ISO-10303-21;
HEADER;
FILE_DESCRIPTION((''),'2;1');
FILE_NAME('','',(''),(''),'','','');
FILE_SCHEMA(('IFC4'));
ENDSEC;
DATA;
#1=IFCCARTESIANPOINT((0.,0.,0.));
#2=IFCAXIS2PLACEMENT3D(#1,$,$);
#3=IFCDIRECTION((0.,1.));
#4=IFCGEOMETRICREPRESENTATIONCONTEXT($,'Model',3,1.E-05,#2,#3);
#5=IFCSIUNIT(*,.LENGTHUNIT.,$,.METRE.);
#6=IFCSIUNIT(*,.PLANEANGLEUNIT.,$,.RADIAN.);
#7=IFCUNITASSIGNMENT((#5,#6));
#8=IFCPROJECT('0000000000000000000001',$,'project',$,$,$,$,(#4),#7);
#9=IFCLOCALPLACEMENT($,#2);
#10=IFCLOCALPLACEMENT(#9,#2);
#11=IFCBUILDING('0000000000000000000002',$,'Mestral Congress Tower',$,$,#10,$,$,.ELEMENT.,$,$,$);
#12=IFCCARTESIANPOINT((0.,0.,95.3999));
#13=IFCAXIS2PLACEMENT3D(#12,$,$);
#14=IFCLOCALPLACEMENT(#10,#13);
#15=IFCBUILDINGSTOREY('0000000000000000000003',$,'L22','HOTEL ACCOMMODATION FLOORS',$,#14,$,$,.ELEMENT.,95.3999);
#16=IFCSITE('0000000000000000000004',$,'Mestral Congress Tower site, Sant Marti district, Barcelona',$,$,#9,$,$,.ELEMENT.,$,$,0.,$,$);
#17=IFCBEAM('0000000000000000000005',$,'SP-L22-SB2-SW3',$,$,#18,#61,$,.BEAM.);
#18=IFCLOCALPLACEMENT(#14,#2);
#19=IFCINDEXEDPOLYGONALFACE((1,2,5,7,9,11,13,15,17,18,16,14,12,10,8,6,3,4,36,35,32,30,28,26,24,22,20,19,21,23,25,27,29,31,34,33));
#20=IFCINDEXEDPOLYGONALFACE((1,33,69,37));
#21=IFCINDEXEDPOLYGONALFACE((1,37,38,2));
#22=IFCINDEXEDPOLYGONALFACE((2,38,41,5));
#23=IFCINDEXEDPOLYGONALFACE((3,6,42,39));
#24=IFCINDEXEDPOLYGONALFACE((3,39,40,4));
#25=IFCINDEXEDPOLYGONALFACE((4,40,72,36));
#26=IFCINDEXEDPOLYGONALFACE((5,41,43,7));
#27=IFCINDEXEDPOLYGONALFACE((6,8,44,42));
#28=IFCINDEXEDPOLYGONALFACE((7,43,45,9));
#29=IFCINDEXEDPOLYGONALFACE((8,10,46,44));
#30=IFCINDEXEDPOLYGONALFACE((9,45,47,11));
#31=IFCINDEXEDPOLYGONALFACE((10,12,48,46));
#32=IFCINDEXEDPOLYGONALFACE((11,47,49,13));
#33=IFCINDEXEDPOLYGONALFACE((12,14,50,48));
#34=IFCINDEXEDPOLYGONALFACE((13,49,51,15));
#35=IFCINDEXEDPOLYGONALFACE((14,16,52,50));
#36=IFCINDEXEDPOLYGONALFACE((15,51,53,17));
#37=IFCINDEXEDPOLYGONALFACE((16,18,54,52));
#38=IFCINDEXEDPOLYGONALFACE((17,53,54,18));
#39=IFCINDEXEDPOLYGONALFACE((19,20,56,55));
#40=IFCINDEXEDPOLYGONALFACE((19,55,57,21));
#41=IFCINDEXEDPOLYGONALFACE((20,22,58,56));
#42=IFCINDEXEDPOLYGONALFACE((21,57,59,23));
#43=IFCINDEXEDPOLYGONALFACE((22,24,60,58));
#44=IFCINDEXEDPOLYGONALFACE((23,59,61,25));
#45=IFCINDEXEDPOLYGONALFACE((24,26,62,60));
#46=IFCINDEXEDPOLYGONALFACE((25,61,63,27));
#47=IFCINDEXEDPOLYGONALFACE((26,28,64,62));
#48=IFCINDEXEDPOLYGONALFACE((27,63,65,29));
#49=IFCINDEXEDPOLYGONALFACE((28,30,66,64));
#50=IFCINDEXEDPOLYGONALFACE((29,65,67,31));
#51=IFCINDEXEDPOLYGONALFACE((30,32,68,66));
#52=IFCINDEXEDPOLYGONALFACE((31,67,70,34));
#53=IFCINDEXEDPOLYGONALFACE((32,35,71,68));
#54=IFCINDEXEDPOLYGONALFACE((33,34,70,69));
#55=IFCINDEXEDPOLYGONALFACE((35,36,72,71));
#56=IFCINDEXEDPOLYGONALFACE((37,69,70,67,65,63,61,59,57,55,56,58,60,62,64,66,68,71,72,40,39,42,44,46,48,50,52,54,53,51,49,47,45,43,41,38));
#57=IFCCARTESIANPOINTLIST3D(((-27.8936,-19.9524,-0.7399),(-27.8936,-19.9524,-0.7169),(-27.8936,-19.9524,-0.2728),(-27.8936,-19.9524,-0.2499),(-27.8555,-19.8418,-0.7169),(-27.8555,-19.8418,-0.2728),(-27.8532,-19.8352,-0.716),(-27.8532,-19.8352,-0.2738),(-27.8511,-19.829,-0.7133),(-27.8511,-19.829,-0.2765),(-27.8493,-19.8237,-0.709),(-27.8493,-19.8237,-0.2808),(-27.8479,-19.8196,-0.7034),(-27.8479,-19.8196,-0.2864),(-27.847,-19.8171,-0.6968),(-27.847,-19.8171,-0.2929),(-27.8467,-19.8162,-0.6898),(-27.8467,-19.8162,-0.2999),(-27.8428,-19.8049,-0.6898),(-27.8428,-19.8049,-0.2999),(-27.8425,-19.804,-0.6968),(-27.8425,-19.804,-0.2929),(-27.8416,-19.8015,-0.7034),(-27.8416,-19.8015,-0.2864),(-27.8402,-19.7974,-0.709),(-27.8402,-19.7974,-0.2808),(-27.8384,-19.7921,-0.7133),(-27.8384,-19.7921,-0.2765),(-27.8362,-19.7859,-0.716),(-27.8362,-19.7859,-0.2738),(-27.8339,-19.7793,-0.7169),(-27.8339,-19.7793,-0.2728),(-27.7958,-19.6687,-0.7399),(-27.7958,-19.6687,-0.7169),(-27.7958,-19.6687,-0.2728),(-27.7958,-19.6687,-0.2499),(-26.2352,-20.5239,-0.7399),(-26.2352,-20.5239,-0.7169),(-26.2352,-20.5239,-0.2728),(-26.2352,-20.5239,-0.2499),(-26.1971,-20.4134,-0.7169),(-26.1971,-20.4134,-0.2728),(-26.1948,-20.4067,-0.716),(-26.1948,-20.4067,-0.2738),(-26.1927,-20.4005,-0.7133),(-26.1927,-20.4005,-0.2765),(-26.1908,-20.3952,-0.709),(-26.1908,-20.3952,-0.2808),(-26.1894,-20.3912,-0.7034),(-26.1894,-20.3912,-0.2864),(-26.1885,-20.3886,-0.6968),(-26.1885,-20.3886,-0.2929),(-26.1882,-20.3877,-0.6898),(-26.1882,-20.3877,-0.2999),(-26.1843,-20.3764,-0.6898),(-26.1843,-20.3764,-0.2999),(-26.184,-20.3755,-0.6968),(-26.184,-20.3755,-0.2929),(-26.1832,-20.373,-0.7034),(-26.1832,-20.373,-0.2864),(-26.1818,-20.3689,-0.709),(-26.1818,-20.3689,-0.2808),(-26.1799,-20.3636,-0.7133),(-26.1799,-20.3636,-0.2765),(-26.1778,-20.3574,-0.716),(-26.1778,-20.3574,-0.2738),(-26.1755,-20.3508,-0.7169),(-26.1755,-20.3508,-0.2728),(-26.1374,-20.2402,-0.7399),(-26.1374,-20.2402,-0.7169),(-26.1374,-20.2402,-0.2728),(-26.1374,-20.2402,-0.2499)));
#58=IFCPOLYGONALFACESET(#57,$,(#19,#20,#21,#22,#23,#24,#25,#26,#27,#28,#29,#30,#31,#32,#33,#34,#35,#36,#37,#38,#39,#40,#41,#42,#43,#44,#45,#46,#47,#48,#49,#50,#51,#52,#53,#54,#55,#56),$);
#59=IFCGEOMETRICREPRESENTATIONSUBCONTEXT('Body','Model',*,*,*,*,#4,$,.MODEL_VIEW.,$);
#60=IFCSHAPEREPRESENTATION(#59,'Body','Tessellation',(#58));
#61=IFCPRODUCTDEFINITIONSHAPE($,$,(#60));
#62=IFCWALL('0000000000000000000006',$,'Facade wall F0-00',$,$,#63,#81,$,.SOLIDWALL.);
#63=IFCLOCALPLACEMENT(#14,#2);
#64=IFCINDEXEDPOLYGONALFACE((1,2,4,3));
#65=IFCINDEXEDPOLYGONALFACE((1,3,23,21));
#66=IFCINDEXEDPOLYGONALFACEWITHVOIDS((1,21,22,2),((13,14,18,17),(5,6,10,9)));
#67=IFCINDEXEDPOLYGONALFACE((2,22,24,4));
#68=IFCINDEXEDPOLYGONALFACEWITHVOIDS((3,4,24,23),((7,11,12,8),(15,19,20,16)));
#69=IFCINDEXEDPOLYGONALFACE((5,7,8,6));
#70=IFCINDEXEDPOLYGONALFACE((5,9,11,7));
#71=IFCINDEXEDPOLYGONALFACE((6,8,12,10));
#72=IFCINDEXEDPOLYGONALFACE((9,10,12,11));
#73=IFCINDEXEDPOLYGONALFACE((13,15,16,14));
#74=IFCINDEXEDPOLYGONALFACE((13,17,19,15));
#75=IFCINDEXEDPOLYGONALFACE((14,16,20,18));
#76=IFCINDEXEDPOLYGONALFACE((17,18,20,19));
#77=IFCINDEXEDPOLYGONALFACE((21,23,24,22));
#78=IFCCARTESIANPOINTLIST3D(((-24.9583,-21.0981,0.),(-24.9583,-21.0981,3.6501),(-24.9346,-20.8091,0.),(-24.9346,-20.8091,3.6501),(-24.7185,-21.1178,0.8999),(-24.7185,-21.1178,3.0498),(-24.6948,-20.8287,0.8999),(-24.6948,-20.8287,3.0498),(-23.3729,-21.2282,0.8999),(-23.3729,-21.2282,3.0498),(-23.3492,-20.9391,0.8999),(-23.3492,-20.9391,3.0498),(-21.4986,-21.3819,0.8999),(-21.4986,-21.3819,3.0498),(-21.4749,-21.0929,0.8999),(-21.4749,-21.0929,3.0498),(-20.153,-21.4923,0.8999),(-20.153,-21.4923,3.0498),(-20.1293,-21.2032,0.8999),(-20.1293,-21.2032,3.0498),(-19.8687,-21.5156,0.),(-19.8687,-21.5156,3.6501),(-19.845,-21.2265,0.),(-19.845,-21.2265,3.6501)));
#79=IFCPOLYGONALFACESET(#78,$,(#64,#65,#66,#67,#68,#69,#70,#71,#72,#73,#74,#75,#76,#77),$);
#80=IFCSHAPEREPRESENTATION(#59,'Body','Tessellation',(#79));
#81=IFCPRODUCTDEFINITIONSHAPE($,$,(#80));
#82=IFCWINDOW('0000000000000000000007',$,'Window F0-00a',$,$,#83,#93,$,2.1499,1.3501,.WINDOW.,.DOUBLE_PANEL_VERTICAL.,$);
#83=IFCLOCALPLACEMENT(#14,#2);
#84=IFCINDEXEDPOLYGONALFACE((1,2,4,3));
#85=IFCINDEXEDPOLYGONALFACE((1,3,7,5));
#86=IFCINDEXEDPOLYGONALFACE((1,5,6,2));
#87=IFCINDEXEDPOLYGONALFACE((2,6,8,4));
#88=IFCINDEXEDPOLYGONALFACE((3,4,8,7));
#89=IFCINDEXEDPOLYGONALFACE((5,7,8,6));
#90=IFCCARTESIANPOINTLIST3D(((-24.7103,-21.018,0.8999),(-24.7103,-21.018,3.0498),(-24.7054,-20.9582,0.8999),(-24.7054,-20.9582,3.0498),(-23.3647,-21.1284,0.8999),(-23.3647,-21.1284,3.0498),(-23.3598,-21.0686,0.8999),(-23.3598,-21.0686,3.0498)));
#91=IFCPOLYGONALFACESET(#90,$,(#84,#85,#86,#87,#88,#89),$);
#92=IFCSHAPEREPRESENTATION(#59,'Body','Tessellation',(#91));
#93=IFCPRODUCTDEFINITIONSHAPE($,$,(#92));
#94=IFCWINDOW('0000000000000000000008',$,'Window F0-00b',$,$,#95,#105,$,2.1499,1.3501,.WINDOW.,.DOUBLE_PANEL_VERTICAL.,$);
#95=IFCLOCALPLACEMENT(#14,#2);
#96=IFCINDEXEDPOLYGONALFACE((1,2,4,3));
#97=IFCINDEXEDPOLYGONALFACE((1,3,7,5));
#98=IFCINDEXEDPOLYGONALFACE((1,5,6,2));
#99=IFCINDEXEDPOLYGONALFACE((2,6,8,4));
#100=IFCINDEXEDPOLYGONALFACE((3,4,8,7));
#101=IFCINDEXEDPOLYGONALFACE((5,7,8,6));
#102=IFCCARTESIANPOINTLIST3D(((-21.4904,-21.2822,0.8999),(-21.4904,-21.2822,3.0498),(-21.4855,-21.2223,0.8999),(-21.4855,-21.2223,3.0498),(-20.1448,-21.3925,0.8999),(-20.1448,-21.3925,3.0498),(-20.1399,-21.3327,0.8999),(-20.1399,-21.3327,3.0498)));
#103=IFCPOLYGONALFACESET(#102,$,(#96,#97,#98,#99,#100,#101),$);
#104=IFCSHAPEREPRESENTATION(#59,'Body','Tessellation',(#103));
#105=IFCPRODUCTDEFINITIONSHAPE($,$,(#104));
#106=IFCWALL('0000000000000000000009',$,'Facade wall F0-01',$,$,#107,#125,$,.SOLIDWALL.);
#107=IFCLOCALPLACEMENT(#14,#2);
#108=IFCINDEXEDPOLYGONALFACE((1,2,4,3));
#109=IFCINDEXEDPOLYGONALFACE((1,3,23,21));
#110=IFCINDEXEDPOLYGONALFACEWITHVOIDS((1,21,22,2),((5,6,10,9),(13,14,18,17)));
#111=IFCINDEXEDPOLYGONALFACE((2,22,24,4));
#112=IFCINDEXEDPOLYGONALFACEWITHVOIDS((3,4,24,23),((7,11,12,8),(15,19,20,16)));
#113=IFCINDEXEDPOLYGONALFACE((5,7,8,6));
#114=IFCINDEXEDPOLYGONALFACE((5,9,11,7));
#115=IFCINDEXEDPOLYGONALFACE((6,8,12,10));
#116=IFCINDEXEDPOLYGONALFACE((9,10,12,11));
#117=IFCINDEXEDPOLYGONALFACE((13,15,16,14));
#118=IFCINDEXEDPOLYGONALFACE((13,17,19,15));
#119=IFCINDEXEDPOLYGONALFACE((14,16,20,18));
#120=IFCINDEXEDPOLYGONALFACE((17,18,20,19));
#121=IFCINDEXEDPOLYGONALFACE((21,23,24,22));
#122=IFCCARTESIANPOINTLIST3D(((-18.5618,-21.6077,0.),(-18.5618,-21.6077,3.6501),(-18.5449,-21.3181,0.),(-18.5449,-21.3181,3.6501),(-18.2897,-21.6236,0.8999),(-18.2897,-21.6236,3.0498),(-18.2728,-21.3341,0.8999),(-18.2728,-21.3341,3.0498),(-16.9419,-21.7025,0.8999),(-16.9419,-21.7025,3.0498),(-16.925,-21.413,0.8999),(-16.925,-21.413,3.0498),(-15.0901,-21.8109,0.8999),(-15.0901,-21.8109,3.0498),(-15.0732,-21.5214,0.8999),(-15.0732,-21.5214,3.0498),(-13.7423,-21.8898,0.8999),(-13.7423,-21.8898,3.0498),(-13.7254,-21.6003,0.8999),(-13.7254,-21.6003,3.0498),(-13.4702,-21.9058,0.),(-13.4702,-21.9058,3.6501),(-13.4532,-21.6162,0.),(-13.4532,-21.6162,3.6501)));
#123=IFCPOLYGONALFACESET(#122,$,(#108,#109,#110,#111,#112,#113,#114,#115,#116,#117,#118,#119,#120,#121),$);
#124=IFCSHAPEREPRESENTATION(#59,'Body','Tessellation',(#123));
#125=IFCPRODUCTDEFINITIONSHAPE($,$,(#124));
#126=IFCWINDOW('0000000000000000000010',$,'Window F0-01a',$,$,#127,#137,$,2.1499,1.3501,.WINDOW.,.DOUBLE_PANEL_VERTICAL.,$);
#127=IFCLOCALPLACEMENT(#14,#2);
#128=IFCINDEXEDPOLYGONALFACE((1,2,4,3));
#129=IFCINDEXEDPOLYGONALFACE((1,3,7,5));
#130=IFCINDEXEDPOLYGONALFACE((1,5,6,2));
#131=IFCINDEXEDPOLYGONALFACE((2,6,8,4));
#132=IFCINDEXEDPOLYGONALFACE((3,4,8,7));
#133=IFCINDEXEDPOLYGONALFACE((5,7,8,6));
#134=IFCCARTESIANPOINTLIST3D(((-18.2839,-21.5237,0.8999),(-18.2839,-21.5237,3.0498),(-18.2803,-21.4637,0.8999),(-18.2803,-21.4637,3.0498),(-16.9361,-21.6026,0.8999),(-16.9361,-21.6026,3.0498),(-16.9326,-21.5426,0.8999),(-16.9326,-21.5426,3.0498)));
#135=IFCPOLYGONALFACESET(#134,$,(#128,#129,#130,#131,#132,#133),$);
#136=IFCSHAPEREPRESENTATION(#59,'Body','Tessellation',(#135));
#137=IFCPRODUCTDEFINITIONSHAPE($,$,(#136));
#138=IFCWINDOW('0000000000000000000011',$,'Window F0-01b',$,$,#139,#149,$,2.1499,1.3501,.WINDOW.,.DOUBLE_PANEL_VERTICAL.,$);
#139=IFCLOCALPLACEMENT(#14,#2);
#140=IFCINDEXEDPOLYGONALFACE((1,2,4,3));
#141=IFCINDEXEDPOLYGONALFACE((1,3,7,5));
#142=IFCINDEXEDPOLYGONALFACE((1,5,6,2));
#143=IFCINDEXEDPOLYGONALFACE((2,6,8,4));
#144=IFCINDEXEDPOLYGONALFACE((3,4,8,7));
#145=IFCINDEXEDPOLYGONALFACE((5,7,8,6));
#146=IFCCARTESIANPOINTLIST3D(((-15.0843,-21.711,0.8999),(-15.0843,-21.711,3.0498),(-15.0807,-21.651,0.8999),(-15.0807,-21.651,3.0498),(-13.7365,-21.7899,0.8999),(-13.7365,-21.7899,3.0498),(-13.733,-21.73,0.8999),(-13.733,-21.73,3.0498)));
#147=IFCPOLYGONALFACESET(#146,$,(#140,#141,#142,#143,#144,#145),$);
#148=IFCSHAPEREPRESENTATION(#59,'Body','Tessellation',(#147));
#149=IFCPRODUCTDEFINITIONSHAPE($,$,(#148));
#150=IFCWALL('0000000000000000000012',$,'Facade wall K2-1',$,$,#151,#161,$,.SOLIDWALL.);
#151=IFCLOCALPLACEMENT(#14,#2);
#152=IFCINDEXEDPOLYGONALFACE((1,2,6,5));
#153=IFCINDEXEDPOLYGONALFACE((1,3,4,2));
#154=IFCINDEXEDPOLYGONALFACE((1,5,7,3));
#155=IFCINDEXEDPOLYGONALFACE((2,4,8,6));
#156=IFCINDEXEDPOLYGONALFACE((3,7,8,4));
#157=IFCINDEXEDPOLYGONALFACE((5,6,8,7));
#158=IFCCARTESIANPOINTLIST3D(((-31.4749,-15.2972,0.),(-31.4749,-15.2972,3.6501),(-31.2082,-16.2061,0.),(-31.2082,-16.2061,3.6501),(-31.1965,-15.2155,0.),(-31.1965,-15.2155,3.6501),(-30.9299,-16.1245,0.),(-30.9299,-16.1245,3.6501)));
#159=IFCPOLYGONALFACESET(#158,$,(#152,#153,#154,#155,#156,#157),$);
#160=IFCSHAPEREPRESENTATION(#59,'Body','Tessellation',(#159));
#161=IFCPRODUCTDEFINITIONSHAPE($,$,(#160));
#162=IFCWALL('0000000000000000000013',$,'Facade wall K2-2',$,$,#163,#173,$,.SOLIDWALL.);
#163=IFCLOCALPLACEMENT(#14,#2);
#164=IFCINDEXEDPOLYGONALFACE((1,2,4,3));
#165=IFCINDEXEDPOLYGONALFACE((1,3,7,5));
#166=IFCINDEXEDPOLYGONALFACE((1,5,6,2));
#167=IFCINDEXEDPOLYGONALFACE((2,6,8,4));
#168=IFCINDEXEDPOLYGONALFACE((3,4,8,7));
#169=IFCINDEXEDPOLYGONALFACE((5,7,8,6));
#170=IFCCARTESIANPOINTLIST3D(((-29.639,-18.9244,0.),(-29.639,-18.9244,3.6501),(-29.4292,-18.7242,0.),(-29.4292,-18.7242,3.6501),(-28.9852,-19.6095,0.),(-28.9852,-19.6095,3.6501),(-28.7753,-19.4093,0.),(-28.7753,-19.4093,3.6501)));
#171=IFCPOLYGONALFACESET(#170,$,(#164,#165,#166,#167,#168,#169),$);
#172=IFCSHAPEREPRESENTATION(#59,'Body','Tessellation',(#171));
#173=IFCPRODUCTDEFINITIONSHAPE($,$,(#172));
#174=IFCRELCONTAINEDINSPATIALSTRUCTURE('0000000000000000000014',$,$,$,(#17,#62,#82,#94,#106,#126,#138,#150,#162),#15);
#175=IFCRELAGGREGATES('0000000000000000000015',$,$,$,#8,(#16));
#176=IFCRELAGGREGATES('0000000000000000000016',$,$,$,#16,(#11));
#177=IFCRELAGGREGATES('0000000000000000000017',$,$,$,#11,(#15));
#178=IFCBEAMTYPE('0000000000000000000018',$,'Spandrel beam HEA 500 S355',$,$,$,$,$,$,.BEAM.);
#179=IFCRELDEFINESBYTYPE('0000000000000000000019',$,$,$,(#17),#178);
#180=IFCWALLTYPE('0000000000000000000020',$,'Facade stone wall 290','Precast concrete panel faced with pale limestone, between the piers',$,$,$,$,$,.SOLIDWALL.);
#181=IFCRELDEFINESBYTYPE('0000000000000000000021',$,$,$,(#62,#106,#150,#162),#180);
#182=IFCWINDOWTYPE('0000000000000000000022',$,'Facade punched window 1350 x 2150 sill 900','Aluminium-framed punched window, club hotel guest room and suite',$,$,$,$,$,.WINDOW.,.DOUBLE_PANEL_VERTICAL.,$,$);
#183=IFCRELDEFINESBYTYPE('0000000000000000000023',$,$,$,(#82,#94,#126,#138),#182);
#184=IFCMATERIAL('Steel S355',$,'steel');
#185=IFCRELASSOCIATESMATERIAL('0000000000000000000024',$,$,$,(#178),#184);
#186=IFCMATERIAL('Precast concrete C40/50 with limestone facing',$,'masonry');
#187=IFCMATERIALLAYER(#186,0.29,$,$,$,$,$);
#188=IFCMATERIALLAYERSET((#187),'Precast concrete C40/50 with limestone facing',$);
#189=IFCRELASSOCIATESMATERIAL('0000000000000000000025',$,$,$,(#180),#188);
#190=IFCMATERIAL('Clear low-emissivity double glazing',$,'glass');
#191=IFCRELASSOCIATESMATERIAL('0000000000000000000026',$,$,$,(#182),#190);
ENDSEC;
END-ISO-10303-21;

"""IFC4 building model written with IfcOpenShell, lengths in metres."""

from ifc_helpers import new_model, si_unit, direction, frame, frame_2d, origin, origin_2d, place, context, subcontext, project, spatial, rectangle, i_section, extrude, material, layer, layer_set, material_profile, profile_set, type_object, element, fill, save


model = new_model("IFC4")

# Units and contexts
model_context = context("Model", 3, precision=1e-05, world=origin(), true_north=direction((0.0, 1.0)))
body_context = subcontext(model_context, "Body", "Model", "MODEL_VIEW")
ifc_project = project(units=[si_unit("LENGTHUNIT", "METRE"), si_unit("PLANEANGLEUNIT", "RADIAN")], contexts=[model_context])

# Site, building, storey
site_placement = place(None, origin())
site = spatial("IfcSite", under=ifc_project, at=site_placement, Name="Mestral Congress Tower site, Sant Marti district, Barcelona", CompositionType="ELEMENT", RefElevation=0.0)
building_placement = place(site_placement, origin())
building = spatial("IfcBuilding", under=site, at=building_placement, Name="Mestral Congress Tower", CompositionType="ELEMENT")
storey_placement = place(building_placement, frame((0.0, 0.0, 95.3999)))
storey = spatial("IfcBuildingStorey", under=building, at=storey_placement, Name="L22", Description="HOTEL ACCOMMODATION FLOORS", CompositionType="ELEMENT", Elevation=95.3999)

# Beam
ifc_material_1 = material(Name="Steel S355", Category="steel")
ifc_material_profile_1 = material_profile(ifc_material_1, i_section(OverallWidth=0.3, OverallDepth=0.49, WebThickness=0.012, FlangeThickness=0.0229, FilletRadius=0.0271, at=origin_2d()), Name="HEA 500")
ifc_profile_set_1 = profile_set([ifc_material_profile_1], Name="Steel S355")
beam_type_1 = type_object("IfcBeamType", Name="Spandrel beam HEA 500 S355", PredefinedType="BEAM", material=ifc_profile_set_1)
beam_1_placement = place(storey_placement, frame((-27.8447, -19.8105, -0.4949), z_axis=(0.945434, -0.325815, 0.0), x_axis=(0.325815, 0.945434, 0.0)))
element("IfcBeam", 1, at=beam_1_placement, inside=storey, type_object=beam_type_1, Name="SP-L22-SB2-SW3", PredefinedType="BEAM", context=body_context, shape_type="SweptSolid", body=[
    extrude(i_section(OverallWidth=0.3, OverallDepth=0.49, WebThickness=0.012, FlangeThickness=0.0229, FilletRadius=0.0271, at=origin_2d()), origin(), (0.0, 0.0, 1.0), 1.7542),
])

# Walls, openings, windows
ifc_material_2 = material(Name="Precast concrete C40/50 with limestone facing", Category="masonry")
ifc_layer_1 = layer(ifc_material_2, 0.29)
ifc_layer_set_1 = layer_set([ifc_layer_1], Name="Precast concrete C40/50 with limestone facing")
wall_type_1 = type_object("IfcWallType", Name="Facade stone wall 290", Description="Precast concrete panel faced with pale limestone, between the piers", PredefinedType="SOLIDWALL", material=ifc_layer_set_1)
wall_1_placement = place(storey_placement, frame((-24.9463, -20.9536, 0.0), z_axis=(0.0, 0.0, 1.0), x_axis=(0.996653, -0.081752, 0.0)))
wall_1 = element("IfcWall", 2, at=wall_1_placement, inside=storey, type_object=wall_type_1, Name="Facade wall F0-00", PredefinedType="SOLIDWALL", context=body_context, shape_type="SweptSolid", body=[
    extrude(rectangle(XDim=5.1067, YDim=0.29, at=frame_2d((2.5532, 0.0))), origin(), (0.0, 0.0, 1.0), 3.6501),
])
opening_1_placement = place(wall_1_placement, frame((0.2405, 0.0, 0.8999)))
opening_1 = element("IfcOpeningElement", 3, at=opening_1_placement, cuts=wall_1, PredefinedType="OPENING", context=body_context, shape_type="SweptSolid", body=[
    extrude(rectangle(XDim=1.3501, YDim=2.1499, at=frame_2d((0.675, 1.075))), frame((0.0, 0.155, 0.0), z_axis=(0.0, -1.0, 0.0), x_axis=(1.0, 0.0, 0.0)), (0.0, 0.0, 1.0), 0.3101),
])
opening_2_placement = place(wall_1_placement, frame((3.4712, 0.0, 0.8999)))
opening_2 = element("IfcOpeningElement", 4, at=opening_2_placement, cuts=wall_1, PredefinedType="OPENING", context=body_context, shape_type="SweptSolid", body=[
    extrude(rectangle(XDim=1.3501, YDim=2.1499, at=frame_2d((0.675, 1.075))), frame((0.0, 0.155, 0.0), z_axis=(0.0, -1.0, 0.0), x_axis=(1.0, 0.0, 0.0)), (0.0, 0.0, 1.0), 0.3101),
])
ifc_material_3 = material(Name="Clear low-emissivity double glazing", Category="glass")
window_type_1 = type_object("IfcWindowType", Name="Facade punched window 1350 x 2150 sill 900", Description="Aluminium-framed punched window, club hotel guest room and suite", PartitioningType="DOUBLE_PANEL_VERTICAL", PredefinedType="WINDOW", material=ifc_material_3)
window_1_placement = place(opening_1_placement, origin())
window_1 = element("IfcWindow", 5, at=window_1_placement, inside=storey, type_object=window_type_1, Name="Window F0-00a", OverallHeight=2.1499, OverallWidth=1.3501, PartitioningType="DOUBLE_PANEL_VERTICAL", PredefinedType="WINDOW", context=body_context, shape_type="SweptSolid", body=[
    extrude(rectangle(XDim=1.3501, YDim=2.1499, at=frame_2d((0.675, 1.075))), frame((0.0, 0.0151, 0.0), z_axis=(0.0, -1.0, 0.0), x_axis=(1.0, 0.0, 0.0)), (0.0, 0.0, 1.0), 0.0601),
])
fill(opening_1, window_1)
window_2_placement = place(opening_2_placement, origin())
window_2 = element("IfcWindow", 6, at=window_2_placement, inside=storey, type_object=window_type_1, Name="Window F0-00b", OverallHeight=2.1499, OverallWidth=1.3501, PartitioningType="DOUBLE_PANEL_VERTICAL", PredefinedType="WINDOW", context=body_context, shape_type="SweptSolid", body=[
    extrude(rectangle(XDim=1.3501, YDim=2.1499, at=frame_2d((0.675, 1.075))), frame((0.0, 0.0151, 0.0), z_axis=(0.0, -1.0, 0.0), x_axis=(1.0, 0.0, 0.0)), (0.0, 0.0, 1.0), 0.0601),
])
fill(opening_2, window_2)
wall_2_placement = place(storey_placement, frame((-18.5535, -21.4629, 0.0), z_axis=(0.0, 0.0, 1.0), x_axis=(0.998291, -0.058447, 0.0)))
wall_2 = element("IfcWall", 7, at=wall_2_placement, inside=storey, type_object=wall_type_1, Name="Facade wall F0-01", PredefinedType="SOLIDWALL", context=body_context, shape_type="SweptSolid", body=[
    extrude(rectangle(XDim=5.1003, YDim=0.29, at=frame_2d((2.5503, 0.0))), origin(), (0.0, 0.0, 1.0), 3.6501),
])
opening_3_placement = place(wall_2_placement, frame((0.2727, 0.0, 0.8999)))
opening_3 = element("IfcOpeningElement", 8, at=opening_3_placement, cuts=wall_2, PredefinedType="OPENING", context=body_context, shape_type="SweptSolid", body=[
    extrude(rectangle(XDim=1.3501, YDim=2.1499, at=frame_2d((0.675, 1.075))), frame((0.0, 0.155, 0.0), z_axis=(0.0, -1.0, 0.0), x_axis=(1.0, 0.0, 0.0)), (0.0, 0.0, 1.0), 0.3101),
])
opening_4_placement = place(wall_2_placement, frame((3.4778, 0.0, 0.8999)))
opening_4 = element("IfcOpeningElement", 9, at=opening_4_placement, cuts=wall_2, PredefinedType="OPENING", context=body_context, shape_type="SweptSolid", body=[
    extrude(rectangle(XDim=1.3501, YDim=2.1499, at=frame_2d((0.675, 1.075))), frame((0.0, 0.155, 0.0), z_axis=(0.0, -1.0, 0.0), x_axis=(1.0, 0.0, 0.0)), (0.0, 0.0, 1.0), 0.3101),
])
window_3_placement = place(opening_3_placement, origin())
window_3 = element("IfcWindow", 10, at=window_3_placement, inside=storey, type_object=window_type_1, Name="Window F0-01a", OverallHeight=2.1499, OverallWidth=1.3501, PartitioningType="DOUBLE_PANEL_VERTICAL", PredefinedType="WINDOW", context=body_context, shape_type="SweptSolid", body=[
    extrude(rectangle(XDim=1.3501, YDim=2.1499, at=frame_2d((0.675, 1.075))), frame((0.0, 0.0151, 0.0), z_axis=(0.0, -1.0, 0.0), x_axis=(1.0, 0.0, 0.0)), (0.0, 0.0, 1.0), 0.0601),
])
fill(opening_3, window_3)
window_4_placement = place(opening_4_placement, origin())
window_4 = element("IfcWindow", 11, at=window_4_placement, inside=storey, type_object=window_type_1, Name="Window F0-01b", OverallHeight=2.1499, OverallWidth=1.3501, PartitioningType="DOUBLE_PANEL_VERTICAL", PredefinedType="WINDOW", context=body_context, shape_type="SweptSolid", body=[
    extrude(rectangle(XDim=1.3501, YDim=2.1499, at=frame_2d((0.675, 1.075))), frame((0.0, 0.0151, 0.0), z_axis=(0.0, -1.0, 0.0), x_axis=(1.0, 0.0, 0.0)), (0.0, 0.0, 1.0), 0.0601),
])
fill(opening_4, window_4)

# Walls
wall_3_placement = place(storey_placement, frame((-31.3357, -15.2563, 0.0), z_axis=(0.0, 0.0, 1.0), x_axis=(0.281455, -0.959575, 0.0)))
element("IfcWall", 12, at=wall_3_placement, inside=storey, type_object=wall_type_1, Name="Facade wall K2-1", PredefinedType="SOLIDWALL", context=body_context, shape_type="SweptSolid", body=[
    extrude(rectangle(XDim=0.9473, YDim=0.29, at=frame_2d((0.4736, 0.0))), origin(), (0.0, 0.0, 1.0), 3.6501),
])
wall_4_placement = place(storey_placement, frame((-29.5342, -18.8242, 0.0), z_axis=(0.0, 0.0, 1.0), x_axis=(0.690414, -0.723414, 0.0)))
element("IfcWall", 13, at=wall_4_placement, inside=storey, type_object=wall_type_1, Name="Facade wall K2-2", PredefinedType="SOLIDWALL", context=body_context, shape_type="SweptSolid", body=[
    extrude(rectangle(XDim=0.947, YDim=0.29, at=frame_2d((0.4736, 0.0))), origin(), (0.0, 0.0, 1.0), 3.6501),
])

save(model, "model.ifc")
